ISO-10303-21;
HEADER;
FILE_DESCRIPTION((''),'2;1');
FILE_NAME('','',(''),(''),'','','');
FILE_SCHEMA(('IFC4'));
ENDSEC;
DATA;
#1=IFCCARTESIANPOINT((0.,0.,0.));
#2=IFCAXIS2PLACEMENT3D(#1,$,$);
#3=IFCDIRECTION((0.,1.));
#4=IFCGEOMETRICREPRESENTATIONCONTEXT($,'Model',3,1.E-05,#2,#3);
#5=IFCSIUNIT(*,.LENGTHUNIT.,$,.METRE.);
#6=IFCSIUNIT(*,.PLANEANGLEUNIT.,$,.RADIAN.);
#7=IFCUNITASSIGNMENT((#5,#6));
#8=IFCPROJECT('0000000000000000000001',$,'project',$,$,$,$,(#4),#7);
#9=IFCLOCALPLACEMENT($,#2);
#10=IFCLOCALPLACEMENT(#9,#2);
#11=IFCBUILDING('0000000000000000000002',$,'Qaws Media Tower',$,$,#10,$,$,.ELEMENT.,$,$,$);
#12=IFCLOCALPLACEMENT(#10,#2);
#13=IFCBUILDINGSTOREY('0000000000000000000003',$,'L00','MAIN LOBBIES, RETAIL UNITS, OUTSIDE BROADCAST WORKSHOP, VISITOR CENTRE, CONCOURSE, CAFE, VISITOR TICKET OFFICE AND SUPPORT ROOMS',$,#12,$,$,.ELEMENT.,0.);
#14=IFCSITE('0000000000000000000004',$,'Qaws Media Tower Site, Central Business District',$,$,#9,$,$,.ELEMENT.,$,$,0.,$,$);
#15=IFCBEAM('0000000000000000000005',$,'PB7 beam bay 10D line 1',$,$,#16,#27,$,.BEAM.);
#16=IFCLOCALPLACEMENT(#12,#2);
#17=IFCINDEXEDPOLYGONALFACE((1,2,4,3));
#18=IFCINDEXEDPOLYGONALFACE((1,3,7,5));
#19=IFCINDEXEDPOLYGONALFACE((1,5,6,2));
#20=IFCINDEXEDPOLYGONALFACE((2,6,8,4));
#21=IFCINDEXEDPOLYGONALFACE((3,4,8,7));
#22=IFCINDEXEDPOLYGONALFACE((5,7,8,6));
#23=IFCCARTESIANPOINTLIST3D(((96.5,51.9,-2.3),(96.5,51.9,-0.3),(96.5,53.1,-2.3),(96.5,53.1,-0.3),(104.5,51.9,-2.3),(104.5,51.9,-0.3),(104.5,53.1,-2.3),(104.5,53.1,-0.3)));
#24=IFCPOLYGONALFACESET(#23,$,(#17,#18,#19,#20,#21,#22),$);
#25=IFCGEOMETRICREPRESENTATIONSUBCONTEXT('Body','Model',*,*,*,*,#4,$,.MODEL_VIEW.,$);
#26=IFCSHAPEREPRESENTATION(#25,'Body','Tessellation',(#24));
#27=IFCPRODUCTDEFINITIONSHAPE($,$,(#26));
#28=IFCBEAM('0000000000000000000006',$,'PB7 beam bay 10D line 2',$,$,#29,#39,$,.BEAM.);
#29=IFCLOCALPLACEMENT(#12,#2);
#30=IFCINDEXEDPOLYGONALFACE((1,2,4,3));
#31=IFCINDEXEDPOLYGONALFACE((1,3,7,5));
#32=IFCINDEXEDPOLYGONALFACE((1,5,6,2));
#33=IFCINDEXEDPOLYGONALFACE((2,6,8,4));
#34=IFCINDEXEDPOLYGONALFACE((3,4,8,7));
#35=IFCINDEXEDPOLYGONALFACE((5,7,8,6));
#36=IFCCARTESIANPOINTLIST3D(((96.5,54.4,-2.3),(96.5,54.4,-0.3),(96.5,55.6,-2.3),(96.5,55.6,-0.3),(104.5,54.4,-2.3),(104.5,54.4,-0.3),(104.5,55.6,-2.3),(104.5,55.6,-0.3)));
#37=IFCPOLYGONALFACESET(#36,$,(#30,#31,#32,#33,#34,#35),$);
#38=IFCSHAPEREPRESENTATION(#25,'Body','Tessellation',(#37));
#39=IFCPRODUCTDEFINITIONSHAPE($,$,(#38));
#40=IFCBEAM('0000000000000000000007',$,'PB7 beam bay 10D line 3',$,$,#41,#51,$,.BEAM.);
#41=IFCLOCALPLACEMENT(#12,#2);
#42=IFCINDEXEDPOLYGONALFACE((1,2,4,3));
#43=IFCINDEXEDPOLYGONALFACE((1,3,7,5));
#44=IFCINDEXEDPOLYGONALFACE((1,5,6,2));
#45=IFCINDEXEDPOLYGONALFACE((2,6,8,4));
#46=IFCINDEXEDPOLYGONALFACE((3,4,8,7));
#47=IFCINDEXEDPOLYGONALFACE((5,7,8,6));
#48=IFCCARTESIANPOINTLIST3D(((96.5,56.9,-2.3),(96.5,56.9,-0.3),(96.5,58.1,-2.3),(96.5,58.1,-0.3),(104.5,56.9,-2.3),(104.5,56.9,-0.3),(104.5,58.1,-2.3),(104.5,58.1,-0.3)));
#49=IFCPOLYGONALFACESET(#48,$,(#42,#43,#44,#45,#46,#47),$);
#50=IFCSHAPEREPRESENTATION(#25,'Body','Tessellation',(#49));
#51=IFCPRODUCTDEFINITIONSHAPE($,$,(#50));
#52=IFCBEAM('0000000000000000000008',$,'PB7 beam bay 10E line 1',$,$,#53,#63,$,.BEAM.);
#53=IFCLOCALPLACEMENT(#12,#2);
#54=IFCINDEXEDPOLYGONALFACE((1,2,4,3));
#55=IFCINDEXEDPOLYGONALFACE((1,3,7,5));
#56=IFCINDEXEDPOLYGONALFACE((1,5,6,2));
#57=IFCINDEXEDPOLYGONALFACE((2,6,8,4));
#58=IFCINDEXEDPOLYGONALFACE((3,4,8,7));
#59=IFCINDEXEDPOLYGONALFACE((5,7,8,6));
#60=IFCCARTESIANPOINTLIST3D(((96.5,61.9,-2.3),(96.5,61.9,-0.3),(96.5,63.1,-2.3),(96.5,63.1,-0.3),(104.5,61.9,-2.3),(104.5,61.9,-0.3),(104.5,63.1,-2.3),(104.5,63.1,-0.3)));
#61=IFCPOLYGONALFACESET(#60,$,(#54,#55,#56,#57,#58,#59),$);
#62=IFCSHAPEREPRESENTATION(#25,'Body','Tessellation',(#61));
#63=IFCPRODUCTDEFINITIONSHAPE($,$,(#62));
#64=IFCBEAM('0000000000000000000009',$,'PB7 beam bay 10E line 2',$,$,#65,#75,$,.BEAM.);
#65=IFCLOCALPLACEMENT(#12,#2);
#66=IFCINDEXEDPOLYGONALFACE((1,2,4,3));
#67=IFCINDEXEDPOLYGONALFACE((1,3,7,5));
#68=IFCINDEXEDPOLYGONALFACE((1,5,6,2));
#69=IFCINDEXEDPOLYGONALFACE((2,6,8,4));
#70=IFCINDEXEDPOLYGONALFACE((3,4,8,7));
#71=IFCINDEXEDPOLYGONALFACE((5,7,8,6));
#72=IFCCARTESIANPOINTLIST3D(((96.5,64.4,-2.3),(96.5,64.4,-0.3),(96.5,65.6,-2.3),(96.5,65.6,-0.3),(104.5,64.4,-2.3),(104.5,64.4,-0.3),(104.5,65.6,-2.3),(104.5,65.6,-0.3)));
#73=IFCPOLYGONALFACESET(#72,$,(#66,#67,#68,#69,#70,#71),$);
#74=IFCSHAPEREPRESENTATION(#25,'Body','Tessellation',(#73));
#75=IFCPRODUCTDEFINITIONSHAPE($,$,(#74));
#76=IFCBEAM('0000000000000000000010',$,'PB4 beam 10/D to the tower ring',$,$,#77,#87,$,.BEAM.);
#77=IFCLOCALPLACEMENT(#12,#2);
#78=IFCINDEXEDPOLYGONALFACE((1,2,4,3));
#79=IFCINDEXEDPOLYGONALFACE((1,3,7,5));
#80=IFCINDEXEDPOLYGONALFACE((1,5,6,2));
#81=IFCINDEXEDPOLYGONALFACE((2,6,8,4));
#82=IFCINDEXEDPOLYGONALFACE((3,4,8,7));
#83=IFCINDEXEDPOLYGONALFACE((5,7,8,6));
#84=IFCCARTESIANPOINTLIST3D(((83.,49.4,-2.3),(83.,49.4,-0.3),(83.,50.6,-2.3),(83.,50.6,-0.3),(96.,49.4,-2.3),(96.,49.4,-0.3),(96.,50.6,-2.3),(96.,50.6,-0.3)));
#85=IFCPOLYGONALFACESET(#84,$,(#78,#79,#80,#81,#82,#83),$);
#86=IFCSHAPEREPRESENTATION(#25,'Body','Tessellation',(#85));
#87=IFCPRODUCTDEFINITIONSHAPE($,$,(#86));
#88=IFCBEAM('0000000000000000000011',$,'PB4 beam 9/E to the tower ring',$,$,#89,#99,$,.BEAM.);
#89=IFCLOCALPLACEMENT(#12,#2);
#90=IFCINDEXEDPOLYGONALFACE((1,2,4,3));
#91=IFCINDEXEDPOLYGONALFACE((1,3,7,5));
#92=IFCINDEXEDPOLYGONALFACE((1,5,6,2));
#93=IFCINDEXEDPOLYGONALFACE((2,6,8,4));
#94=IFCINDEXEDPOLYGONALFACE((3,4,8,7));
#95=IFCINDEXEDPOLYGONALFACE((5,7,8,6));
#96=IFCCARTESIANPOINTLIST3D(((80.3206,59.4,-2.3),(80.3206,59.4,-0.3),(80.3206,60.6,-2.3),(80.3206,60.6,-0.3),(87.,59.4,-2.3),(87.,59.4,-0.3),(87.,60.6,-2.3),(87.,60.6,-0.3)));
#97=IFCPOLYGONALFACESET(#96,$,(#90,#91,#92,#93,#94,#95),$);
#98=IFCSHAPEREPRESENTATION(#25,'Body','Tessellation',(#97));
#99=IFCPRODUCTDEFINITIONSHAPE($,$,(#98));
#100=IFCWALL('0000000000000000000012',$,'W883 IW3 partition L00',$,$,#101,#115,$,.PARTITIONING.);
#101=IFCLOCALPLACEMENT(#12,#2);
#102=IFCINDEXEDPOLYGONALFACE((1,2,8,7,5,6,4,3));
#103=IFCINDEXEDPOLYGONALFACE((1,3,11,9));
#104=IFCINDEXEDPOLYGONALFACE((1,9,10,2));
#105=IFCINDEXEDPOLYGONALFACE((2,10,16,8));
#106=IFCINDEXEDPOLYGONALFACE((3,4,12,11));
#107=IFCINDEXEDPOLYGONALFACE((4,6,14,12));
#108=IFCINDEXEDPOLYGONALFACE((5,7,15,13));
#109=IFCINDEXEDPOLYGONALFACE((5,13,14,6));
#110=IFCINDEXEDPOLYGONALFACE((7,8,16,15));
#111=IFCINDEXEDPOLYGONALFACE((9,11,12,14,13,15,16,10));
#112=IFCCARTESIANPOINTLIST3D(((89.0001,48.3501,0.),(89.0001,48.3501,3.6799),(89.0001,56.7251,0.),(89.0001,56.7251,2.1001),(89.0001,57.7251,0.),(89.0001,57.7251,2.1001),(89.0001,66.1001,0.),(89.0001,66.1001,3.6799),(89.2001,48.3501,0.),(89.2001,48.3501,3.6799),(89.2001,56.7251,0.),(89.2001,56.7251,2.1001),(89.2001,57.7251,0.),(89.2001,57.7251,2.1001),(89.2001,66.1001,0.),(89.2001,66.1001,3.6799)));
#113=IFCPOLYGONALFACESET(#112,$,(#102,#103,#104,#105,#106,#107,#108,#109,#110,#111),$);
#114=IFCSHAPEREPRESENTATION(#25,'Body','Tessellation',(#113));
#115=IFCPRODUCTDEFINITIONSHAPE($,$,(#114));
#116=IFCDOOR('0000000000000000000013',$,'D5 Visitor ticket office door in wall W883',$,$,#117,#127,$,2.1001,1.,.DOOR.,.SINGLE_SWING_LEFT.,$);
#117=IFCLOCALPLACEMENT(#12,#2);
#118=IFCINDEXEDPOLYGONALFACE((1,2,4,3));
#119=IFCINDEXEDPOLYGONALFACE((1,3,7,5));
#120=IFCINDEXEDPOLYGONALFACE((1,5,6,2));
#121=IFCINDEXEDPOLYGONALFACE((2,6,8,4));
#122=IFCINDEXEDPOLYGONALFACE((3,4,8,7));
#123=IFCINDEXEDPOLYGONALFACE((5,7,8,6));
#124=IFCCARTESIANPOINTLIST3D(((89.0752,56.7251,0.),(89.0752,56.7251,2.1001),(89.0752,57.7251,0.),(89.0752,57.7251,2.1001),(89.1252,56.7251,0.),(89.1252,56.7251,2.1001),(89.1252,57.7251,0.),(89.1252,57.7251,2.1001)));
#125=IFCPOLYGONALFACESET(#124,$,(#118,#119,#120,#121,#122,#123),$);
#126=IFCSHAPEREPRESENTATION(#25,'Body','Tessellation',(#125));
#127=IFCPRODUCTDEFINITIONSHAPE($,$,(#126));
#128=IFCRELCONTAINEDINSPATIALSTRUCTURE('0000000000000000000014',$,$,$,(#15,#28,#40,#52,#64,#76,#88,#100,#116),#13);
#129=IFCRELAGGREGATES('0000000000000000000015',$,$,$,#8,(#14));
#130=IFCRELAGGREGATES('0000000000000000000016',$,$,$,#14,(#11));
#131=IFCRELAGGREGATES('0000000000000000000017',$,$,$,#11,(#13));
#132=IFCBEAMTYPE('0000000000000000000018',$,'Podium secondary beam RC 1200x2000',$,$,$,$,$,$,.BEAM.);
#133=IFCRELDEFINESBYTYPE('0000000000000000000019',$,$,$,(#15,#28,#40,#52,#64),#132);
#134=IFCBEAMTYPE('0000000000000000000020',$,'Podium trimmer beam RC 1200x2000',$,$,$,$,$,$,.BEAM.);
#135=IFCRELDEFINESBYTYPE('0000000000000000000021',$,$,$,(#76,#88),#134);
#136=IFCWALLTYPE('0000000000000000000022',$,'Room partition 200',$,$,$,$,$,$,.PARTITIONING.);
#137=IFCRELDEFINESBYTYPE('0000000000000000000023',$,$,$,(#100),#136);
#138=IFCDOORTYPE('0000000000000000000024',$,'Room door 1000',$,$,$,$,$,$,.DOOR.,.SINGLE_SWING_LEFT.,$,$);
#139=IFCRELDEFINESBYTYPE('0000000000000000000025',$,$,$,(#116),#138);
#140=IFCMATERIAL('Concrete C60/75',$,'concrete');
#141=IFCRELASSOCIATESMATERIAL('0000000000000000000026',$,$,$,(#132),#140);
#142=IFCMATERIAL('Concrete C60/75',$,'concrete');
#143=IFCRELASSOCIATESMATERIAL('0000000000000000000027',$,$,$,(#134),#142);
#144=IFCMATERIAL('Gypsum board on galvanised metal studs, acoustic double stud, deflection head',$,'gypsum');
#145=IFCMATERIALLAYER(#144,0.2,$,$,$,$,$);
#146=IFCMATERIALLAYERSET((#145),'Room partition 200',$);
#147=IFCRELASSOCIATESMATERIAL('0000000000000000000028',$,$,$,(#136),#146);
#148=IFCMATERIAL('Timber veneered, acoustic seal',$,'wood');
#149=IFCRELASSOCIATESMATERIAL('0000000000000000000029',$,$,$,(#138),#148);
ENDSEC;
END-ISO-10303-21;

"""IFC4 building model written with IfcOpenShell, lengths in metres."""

from ifc_helpers import new_model, si_unit, direction, frame, frame_2d, origin, origin_2d, place, context, subcontext, project, spatial, rectangle, extrude, material, layer, layer_set, material_profile, profile_set, type_object, element, fill, save


model = new_model("IFC4")

# Units and contexts
model_context = context("Model", 3, precision=1e-05, world=origin(), true_north=direction((0.0, 1.0)))
body_context = subcontext(model_context, "Body", "Model", "MODEL_VIEW")
ifc_project = project(units=[si_unit("LENGTHUNIT", "METRE"), si_unit("PLANEANGLEUNIT", "RADIAN")], contexts=[model_context])

# Site, building, storey
site_placement = place(None, origin())
site = spatial("IfcSite", under=ifc_project, at=site_placement, Name="Qaws Media Tower Site, Central Business District", CompositionType="ELEMENT", RefElevation=0.0)
building_placement = place(site_placement, origin())
building = spatial("IfcBuilding", under=site, at=building_placement, Name="Qaws Media Tower", CompositionType="ELEMENT")
storey_placement = place(building_placement, origin())
storey = spatial("IfcBuildingStorey", under=building, at=storey_placement, Name="L00", Description="MAIN LOBBIES, RETAIL UNITS, OUTSIDE BROADCAST WORKSHOP, VISITOR CENTRE, CONCOURSE, CAFE, VISITOR TICKET OFFICE AND SUPPORT ROOMS", CompositionType="ELEMENT", Elevation=0.0)

# Beams
ifc_material_1 = material(Name="Concrete C60/75", Category="concrete")
ifc_material_profile_1 = material_profile(ifc_material_1, rectangle(XDim=1.2, YDim=2.0, at=origin_2d()), Name="RC 1200x2000")
ifc_profile_set_1 = profile_set([ifc_material_profile_1], Name="Concrete C60/75")
beam_type_1 = type_object("IfcBeamType", Name="Podium secondary beam RC 1200x2000", PredefinedType="BEAM", material=ifc_profile_set_1)
for number, where, z_axis, x_axis, name in (
    (1, (96.5, 52.5, -1.3), (1.0, 0.0, 0.0), (0.0, 1.0, 0.0), "PB7 beam bay 10D line 1"),
    (2, (96.5, 55.0, -1.3), (1.0, 0.0, 0.0), (0.0, 1.0, 0.0), "PB7 beam bay 10D line 2"),
    (3, (96.5, 57.5, -1.3), (1.0, 0.0, 0.0), (0.0, 1.0, 0.0), "PB7 beam bay 10D line 3"),
    (4, (96.5, 62.5, -1.3), (1.0, 0.0, 0.0), (0.0, 1.0, 0.0), "PB7 beam bay 10E line 1"),
    (5, (96.5, 65.0, -1.3), (1.0, 0.0, 0.0), (0.0, 1.0, 0.0), "PB7 beam bay 10E line 2"),
):
    element("IfcBeam", number, at=place(storey_placement, frame(where, z_axis=z_axis, x_axis=x_axis)), inside=storey, type_object=beam_type_1, Name=name, PredefinedType="BEAM", context=body_context, shape_type="SweptSolid", body=[
        extrude(rectangle(XDim=1.2, YDim=2.0, at=origin_2d()), origin(), (0.0, 0.0, 1.0), 8.0),
    ])
ifc_material_2 = material(Name="Concrete C60/75", Category="concrete")
ifc_material_profile_2 = material_profile(ifc_material_2, rectangle(XDim=1.2, YDim=2.0, at=origin_2d()), Name="RC 1200x2000")
ifc_profile_set_2 = profile_set([ifc_material_profile_2], Name="Concrete C60/75")
beam_type_2 = type_object("IfcBeamType", Name="Podium trimmer beam RC 1200x2000", PredefinedType="BEAM", material=ifc_profile_set_2)
beam_1_placement = place(storey_placement, frame((96.0, 50.0, -1.3), z_axis=(-1.0, 0.0, 0.0), x_axis=(0.0, -1.0, 0.0)))
element("IfcBeam", 6, at=beam_1_placement, inside=storey, type_object=beam_type_2, Name="PB4 beam 10/D to the tower ring", PredefinedType="BEAM", context=body_context, shape_type="SweptSolid", body=[
    extrude(rectangle(XDim=1.2, YDim=2.0, at=origin_2d()), origin(), (0.0, 0.0, 1.0), 13.0),
])
beam_2_placement = place(storey_placement, frame((87.0, 60.0, -1.3), z_axis=(-1.0, 0.0, 0.0), x_axis=(0.0, -1.0, 0.0)))
element("IfcBeam", 7, at=beam_2_placement, inside=storey, type_object=beam_type_2, Name="PB4 beam 9/E to the tower ring", PredefinedType="BEAM", context=body_context, shape_type="SweptSolid", body=[
    extrude(rectangle(XDim=1.2, YDim=2.0, at=origin_2d()), origin(), (0.0, 0.0, 1.0), 6.6794),
])

# Wall, opening, door
ifc_material_3 = material(Name="Gypsum board on galvanised metal studs, acoustic double stud, deflection head", Category="gypsum")
ifc_layer = layer(ifc_material_3, 0.2)
ifc_layer_set = layer_set([ifc_layer], Name="Room partition 200")
wall_type = type_object("IfcWallType", Name="Room partition 200", PredefinedType="PARTITIONING", material=ifc_layer_set)
wall_placement = place(storey_placement, frame((89.1001, 48.3501, 0.0), z_axis=(0.0, 0.0, 1.0), x_axis=(0.0, 1.0, 0.0)))
wall = element("IfcWall", 8, at=wall_placement, inside=storey, type_object=wall_type, Name="W883 IW3 partition L00", PredefinedType="PARTITIONING", context=body_context, shape_type="SweptSolid", body=[
    extrude(rectangle(XDim=17.75, YDim=0.2, at=frame_2d((8.875, 0.0))), origin(), (0.0, 0.0, 1.0), 3.6799),
])
opening_placement = place(wall_placement, frame((8.375, 0.0, 0.0)))
opening = element("IfcOpeningElement", 9, at=opening_placement, cuts=wall, PredefinedType="OPENING", context=body_context, shape_type="SweptSolid", body=[
    extrude(rectangle(XDim=1.0, YDim=2.1001, at=frame_2d((0.5, 1.05))), frame((0.0, 0.1099, 0.0), z_axis=(0.0, -1.0, 0.0), x_axis=(1.0, 0.0, 0.0)), (0.0, 0.0, 1.0), 0.22),
])
ifc_material_4 = material(Name="Timber veneered, acoustic seal", Category="wood")
door_type = type_object("IfcDoorType", Name="Room door 1000", OperationType="SINGLE_SWING_LEFT", PredefinedType="DOOR", material=ifc_material_4)
door_placement = place(opening_placement, origin())
door = element("IfcDoor", 10, at=door_placement, inside=storey, type_object=door_type, Name="D5 Visitor ticket office door in wall W883", OperationType="SINGLE_SWING_LEFT", OverallHeight=2.1001, OverallWidth=1.0, PredefinedType="DOOR", context=body_context, shape_type="SweptSolid", body=[
    extrude(rectangle(XDim=1.0, YDim=2.1001, at=frame_2d((0.5, 1.05))), frame((0.0, 0.0249, 0.0), z_axis=(0.0, -1.0, 0.0), x_axis=(1.0, 0.0, 0.0)), (0.0, 0.0, 1.0), 0.05),
])
fill(opening, door)

save(model, "model.ifc")
